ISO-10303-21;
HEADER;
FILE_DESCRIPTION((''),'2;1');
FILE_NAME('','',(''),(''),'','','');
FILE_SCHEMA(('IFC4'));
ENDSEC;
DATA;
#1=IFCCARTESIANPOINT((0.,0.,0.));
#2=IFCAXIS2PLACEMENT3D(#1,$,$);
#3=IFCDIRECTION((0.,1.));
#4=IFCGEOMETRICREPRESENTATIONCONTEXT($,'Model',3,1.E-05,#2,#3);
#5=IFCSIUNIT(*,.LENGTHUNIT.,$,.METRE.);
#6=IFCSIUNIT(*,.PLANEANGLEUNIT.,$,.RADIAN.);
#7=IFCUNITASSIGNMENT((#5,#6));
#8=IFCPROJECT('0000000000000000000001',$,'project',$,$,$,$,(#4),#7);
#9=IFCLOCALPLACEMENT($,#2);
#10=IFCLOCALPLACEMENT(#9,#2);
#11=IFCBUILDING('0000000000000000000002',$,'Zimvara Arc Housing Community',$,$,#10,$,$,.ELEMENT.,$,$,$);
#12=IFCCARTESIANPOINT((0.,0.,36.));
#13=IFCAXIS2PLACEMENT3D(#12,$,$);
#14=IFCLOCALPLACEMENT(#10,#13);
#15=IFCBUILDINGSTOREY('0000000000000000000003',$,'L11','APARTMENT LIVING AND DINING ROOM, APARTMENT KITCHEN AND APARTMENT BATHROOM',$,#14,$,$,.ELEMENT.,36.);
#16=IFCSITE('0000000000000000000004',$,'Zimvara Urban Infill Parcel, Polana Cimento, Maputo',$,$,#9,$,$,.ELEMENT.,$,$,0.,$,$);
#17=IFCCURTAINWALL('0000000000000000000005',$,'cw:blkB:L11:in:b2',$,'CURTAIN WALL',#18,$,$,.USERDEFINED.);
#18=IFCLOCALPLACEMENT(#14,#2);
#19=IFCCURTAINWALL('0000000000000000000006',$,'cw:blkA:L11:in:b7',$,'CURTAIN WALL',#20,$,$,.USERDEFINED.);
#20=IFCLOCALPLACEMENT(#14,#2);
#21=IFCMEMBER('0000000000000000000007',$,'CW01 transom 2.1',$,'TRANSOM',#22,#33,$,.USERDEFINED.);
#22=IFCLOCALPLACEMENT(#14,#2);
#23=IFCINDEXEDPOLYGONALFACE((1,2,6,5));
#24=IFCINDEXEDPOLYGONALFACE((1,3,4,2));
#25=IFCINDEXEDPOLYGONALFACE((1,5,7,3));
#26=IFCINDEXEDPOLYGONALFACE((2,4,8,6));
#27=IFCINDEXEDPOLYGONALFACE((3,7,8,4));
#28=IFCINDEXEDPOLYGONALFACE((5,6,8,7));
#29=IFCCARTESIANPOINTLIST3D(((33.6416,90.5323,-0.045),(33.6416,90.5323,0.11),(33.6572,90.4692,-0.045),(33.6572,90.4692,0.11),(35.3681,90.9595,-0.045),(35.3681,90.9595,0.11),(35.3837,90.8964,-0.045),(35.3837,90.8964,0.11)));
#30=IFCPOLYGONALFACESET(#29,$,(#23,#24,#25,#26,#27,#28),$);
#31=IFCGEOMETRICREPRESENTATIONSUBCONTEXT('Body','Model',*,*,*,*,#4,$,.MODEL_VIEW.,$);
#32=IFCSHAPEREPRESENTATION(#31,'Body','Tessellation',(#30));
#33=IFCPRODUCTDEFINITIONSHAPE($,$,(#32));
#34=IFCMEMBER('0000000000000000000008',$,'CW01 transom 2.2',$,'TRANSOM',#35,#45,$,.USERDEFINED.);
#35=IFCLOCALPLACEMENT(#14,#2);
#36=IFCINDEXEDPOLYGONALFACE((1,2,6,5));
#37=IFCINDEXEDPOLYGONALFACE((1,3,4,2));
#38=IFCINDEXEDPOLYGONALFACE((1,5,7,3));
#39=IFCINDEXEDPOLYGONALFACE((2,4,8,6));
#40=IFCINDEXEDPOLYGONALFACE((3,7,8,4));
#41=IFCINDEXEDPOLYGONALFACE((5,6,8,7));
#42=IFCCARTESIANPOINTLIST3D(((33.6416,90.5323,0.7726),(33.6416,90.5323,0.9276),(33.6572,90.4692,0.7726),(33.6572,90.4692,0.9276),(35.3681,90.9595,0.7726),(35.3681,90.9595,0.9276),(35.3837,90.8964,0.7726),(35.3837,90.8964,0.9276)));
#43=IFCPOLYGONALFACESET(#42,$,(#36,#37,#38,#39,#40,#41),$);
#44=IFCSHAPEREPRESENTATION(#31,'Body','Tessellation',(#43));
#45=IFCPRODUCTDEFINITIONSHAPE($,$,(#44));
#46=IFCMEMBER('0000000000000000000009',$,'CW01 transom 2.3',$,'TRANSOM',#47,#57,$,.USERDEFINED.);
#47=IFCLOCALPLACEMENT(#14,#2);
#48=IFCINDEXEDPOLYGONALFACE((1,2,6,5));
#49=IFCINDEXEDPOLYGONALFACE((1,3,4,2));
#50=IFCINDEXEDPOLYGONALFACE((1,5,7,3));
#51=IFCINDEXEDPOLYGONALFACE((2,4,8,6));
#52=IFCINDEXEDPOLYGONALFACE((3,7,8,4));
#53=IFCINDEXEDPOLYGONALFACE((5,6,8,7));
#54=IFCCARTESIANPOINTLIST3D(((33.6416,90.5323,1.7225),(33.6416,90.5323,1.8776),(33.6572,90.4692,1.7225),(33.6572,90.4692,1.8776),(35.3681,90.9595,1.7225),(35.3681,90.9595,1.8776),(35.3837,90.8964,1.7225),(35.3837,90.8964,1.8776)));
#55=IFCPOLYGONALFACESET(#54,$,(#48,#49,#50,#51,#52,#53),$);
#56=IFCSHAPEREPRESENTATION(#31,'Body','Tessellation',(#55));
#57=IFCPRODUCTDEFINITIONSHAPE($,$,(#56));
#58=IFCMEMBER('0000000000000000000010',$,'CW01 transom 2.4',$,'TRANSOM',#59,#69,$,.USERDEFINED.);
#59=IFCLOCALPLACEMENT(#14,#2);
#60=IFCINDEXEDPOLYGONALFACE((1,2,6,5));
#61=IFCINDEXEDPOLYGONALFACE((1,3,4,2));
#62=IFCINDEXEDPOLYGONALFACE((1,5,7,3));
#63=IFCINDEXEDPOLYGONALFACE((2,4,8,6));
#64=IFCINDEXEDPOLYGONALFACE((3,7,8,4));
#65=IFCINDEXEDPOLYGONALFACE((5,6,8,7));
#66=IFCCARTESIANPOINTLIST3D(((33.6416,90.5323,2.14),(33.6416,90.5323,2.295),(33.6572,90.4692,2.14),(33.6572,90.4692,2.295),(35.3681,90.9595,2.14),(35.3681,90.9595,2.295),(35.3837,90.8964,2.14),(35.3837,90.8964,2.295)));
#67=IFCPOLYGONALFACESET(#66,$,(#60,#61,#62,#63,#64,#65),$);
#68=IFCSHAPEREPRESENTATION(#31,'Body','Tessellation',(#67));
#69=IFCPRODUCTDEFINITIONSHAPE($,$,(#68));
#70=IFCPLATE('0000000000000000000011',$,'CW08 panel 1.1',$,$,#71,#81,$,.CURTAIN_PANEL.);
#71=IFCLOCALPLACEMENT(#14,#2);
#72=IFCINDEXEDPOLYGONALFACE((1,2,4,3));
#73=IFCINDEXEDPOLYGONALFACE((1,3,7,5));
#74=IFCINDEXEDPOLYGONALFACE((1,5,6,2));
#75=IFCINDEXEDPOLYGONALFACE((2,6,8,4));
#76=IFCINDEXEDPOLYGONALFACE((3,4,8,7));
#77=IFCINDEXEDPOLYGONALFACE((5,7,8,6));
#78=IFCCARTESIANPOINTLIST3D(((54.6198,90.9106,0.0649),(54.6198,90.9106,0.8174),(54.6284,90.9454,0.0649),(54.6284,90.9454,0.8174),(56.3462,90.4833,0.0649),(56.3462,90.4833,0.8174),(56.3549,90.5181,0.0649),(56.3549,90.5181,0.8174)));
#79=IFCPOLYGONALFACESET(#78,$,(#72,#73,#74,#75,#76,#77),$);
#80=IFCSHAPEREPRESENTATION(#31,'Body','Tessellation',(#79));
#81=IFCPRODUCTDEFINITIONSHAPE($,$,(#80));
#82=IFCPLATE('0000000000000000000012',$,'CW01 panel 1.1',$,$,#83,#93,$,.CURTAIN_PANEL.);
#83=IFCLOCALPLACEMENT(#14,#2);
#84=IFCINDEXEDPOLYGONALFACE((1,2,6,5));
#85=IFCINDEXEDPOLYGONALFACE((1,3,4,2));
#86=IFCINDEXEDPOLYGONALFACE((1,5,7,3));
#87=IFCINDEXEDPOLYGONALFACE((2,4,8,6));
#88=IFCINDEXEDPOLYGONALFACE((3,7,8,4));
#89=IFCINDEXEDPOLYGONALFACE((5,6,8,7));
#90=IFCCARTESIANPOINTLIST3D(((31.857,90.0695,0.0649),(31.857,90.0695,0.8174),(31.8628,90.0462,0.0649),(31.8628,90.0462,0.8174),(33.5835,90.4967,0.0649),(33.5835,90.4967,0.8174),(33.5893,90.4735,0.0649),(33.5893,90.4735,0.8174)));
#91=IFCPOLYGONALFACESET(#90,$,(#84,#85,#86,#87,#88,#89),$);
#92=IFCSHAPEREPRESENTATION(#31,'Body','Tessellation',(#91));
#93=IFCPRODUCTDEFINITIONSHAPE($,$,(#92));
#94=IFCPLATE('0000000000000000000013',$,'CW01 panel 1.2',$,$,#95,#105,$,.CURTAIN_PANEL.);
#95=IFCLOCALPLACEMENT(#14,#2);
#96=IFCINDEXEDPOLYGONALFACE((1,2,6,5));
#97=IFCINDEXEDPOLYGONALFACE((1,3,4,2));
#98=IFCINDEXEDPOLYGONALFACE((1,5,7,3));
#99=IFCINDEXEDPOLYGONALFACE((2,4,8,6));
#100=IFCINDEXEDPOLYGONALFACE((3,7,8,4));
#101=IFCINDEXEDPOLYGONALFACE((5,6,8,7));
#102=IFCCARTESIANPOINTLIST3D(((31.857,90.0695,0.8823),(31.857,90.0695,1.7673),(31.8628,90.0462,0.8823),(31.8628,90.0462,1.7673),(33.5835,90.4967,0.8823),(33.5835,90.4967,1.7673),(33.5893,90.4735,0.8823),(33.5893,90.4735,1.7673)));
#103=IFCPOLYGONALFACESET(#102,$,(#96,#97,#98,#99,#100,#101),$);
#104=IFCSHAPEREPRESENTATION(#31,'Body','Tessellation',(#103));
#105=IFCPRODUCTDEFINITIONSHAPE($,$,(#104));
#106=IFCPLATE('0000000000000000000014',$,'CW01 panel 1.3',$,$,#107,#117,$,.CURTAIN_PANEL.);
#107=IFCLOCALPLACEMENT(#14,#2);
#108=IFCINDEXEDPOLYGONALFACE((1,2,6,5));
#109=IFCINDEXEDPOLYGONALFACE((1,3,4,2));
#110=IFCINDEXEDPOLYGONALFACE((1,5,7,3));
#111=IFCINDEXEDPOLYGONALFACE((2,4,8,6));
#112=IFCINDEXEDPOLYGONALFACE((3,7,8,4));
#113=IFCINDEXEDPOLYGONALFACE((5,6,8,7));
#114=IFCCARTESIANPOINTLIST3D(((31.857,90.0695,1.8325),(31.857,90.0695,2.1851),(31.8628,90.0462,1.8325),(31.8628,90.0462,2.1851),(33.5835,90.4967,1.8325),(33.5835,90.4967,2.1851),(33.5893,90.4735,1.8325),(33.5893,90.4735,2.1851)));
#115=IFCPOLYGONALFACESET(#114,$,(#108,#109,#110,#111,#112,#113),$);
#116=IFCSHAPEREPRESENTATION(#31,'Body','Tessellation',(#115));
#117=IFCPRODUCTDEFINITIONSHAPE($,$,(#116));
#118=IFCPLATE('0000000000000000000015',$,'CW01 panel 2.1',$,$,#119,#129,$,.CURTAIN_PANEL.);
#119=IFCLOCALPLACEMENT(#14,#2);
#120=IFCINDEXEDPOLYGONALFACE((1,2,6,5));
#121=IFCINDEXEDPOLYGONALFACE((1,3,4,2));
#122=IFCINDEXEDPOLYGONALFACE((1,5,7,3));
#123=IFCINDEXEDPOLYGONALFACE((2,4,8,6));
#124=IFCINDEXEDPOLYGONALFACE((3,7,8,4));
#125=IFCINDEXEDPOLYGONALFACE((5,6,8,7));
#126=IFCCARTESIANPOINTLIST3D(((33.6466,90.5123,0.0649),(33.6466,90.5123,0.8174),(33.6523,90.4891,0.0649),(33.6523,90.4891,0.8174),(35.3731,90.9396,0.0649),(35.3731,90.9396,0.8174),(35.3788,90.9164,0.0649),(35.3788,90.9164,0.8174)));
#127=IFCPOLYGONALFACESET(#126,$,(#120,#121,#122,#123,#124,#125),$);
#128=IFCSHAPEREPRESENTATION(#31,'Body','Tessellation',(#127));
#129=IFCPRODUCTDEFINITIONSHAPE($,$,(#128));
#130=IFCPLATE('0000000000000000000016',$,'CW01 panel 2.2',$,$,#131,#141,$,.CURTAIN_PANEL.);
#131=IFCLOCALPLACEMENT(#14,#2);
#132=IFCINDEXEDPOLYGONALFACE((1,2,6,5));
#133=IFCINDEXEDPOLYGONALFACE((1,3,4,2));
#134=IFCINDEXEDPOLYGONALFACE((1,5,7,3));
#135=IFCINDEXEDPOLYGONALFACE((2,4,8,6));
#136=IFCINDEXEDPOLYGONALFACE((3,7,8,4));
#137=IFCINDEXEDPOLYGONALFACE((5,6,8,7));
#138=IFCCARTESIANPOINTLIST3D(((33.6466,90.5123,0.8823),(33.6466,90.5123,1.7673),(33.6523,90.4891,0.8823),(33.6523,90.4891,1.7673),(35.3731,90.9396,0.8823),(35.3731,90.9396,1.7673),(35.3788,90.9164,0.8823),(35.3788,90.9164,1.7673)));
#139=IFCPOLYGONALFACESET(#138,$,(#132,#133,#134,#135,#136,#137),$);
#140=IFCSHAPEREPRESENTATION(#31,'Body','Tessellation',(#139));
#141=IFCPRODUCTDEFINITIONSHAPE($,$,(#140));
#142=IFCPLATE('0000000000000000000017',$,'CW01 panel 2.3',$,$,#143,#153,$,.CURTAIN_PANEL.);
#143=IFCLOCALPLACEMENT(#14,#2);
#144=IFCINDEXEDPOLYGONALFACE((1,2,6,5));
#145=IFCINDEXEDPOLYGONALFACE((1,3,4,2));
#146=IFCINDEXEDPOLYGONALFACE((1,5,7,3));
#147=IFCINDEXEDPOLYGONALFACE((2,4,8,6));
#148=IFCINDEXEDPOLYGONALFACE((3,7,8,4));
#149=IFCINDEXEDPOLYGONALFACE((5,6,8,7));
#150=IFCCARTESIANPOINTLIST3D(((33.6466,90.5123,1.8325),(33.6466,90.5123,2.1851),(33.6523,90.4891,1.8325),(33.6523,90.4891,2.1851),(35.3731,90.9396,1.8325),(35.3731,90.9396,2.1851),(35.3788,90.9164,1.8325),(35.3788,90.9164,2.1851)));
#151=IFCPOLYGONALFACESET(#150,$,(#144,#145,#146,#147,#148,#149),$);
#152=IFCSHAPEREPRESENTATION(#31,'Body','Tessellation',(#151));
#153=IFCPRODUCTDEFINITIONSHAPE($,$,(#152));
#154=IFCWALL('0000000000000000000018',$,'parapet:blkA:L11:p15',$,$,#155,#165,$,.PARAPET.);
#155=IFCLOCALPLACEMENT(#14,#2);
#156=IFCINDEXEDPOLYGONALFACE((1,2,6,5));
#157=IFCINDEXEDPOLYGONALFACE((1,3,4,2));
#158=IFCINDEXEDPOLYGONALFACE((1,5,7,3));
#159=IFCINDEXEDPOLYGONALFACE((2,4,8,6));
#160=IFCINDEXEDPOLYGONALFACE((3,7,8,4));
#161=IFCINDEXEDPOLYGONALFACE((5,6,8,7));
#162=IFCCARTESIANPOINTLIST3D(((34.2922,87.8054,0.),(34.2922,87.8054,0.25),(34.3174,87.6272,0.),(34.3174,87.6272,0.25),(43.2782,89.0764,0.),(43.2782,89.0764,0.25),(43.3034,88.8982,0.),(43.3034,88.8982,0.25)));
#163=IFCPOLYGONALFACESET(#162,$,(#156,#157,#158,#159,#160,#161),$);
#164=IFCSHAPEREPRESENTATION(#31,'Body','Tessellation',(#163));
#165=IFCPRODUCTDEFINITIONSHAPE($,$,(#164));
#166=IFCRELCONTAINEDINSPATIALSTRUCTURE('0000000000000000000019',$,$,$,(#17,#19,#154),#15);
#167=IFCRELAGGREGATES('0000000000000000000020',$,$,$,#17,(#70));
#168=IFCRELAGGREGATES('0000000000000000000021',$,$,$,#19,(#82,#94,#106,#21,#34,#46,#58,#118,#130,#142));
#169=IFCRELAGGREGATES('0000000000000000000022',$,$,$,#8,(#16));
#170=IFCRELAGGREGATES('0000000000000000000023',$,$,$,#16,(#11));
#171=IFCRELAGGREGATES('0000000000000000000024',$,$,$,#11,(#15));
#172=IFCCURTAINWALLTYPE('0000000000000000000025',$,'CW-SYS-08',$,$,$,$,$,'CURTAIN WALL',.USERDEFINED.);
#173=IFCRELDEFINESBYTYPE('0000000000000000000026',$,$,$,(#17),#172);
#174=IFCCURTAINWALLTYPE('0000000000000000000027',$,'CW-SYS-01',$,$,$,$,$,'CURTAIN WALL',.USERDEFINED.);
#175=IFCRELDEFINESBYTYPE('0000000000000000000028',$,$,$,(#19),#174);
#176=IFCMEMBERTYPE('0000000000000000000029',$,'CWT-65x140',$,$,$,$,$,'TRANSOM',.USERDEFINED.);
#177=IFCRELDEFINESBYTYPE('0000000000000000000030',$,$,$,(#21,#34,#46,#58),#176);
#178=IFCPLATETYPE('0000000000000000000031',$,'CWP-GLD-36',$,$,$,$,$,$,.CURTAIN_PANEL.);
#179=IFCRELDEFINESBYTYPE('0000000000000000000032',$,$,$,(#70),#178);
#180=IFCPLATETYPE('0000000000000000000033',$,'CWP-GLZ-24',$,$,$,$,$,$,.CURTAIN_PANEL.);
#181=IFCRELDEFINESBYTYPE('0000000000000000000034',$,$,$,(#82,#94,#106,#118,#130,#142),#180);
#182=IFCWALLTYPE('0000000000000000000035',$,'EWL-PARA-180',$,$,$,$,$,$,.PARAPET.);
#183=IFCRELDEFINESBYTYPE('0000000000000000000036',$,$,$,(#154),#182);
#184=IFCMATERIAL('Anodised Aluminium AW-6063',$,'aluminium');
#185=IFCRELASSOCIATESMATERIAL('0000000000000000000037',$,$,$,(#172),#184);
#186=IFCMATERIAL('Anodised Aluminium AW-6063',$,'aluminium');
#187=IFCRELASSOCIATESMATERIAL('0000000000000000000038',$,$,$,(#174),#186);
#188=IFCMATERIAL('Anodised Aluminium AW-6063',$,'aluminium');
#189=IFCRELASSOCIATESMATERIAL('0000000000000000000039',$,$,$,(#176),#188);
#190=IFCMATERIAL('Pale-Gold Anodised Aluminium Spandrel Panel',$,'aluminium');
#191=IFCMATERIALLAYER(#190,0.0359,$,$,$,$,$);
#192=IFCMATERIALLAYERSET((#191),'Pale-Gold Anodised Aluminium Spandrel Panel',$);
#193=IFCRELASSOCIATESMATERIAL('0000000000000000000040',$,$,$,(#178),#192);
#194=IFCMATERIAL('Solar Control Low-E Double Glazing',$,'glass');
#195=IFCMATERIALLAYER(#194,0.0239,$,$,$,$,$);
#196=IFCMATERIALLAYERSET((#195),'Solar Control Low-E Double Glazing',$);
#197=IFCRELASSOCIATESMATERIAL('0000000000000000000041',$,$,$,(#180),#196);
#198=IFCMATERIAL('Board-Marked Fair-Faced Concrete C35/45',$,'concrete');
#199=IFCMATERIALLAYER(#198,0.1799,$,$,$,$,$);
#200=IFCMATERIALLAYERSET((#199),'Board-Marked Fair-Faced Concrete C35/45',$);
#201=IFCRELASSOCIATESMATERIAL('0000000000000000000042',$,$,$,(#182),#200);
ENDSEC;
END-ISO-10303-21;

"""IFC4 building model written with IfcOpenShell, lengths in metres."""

from ifc_helpers import new_model, si_unit, direction, frame, frame_2d, origin, origin_2d, place, context, subcontext, project, spatial, rectangle, extrude, material, layer, layer_set, material_profile, profile_set, type_object, element, aggregate, save


model = new_model("IFC4")

# Units and contexts
model_context = context("Model", 3, precision=1e-05, world=origin(), true_north=direction((0.0, 1.0)))
body_context = subcontext(model_context, "Body", "Model", "MODEL_VIEW")
ifc_project = project(units=[si_unit("LENGTHUNIT", "METRE"), si_unit("PLANEANGLEUNIT", "RADIAN")], contexts=[model_context])

# Site, building, storey
site_placement = place(None, origin())
site = spatial("IfcSite", under=ifc_project, at=site_placement, Name="Zimvara Urban Infill Parcel, Polana Cimento, Maputo", CompositionType="ELEMENT", RefElevation=0.0)
building_placement = place(site_placement, origin())
building = spatial("IfcBuilding", under=site, at=building_placement, Name="Zimvara Arc Housing Community", CompositionType="ELEMENT")
storey_placement = place(building_placement, frame((0.0, 0.0, 36.0)))
storey = spatial("IfcBuildingStorey", under=building, at=storey_placement, Name="L11", Description="APARTMENT LIVING AND DINING ROOM, APARTMENT KITCHEN AND APARTMENT BATHROOM", CompositionType="ELEMENT", Elevation=36.0)

# Curtain wall
ifc_material_1 = material(Name="Anodised Aluminium AW-6063", Category="aluminium")
curtain_wall_type_1 = type_object("IfcCurtainWallType", Name="CW-SYS-08", ElementType="CURTAIN WALL", PredefinedType="USERDEFINED", material=ifc_material_1)
curtain_wall_1_placement = place(storey_placement, origin())
curtain_wall_1 = element("IfcCurtainWall", 1, at=curtain_wall_1_placement, inside=storey, type_object=curtain_wall_type_1, Name="cw:blkB:L11:in:b2", ObjectType="CURTAIN WALL", PredefinedType="USERDEFINED")

# Curtain wall
ifc_material_2 = material(Name="Anodised Aluminium AW-6063", Category="aluminium")
curtain_wall_type_2 = type_object("IfcCurtainWallType", Name="CW-SYS-01", ElementType="CURTAIN WALL", PredefinedType="USERDEFINED", material=ifc_material_2)
curtain_wall_2_placement = place(storey_placement, origin())
curtain_wall_2 = element("IfcCurtainWall", 2, at=curtain_wall_2_placement, inside=storey, type_object=curtain_wall_type_2, Name="cw:blkA:L11:in:b7", ObjectType="CURTAIN WALL", PredefinedType="USERDEFINED")

# Members
ifc_material_3 = material(Name="Anodised Aluminium AW-6063", Category="aluminium")
ifc_material_profile_1 = material_profile(ifc_material_3, rectangle(XDim=0.0649, YDim=0.155, at=origin_2d()), Name="ALU 65x155")
ifc_profile_set_1 = profile_set([ifc_material_profile_1], Name="Anodised Aluminium AW-6063")
member_type_1 = type_object("IfcMemberType", Name="CWT-65x140", ElementType="TRANSOM", PredefinedType="USERDEFINED", material=ifc_profile_set_1)
member_1_placement = place(storey_placement, frame((33.6494, 90.5007, 0.0325), z_axis=(0.970721, 0.24021, 0.0), x_axis=(-0.24021, 0.970721, 0.0)))
member_1 = element("IfcMember", 3, at=member_1_placement, type_object=member_type_1, Name="CW01 transom 2.1", ObjectType="TRANSOM", PredefinedType="USERDEFINED", context=body_context, shape_type="SweptSolid", body=[
    extrude(rectangle(XDim=0.0649, YDim=0.155, at=origin_2d()), origin(), (0.0, 0.0, 1.0), 1.7786),
])
member_2_placement = place(storey_placement, frame((33.6494, 90.5007, 0.8501), z_axis=(0.970721, 0.24021, 0.0), x_axis=(-0.24021, 0.970721, 0.0)))
member_2 = element("IfcMember", 4, at=member_2_placement, type_object=member_type_1, Name="CW01 transom 2.2", ObjectType="TRANSOM", PredefinedType="USERDEFINED", context=body_context, shape_type="SweptSolid", body=[
    extrude(rectangle(XDim=0.0649, YDim=0.155, at=origin_2d()), origin(), (0.0, 0.0, 1.0), 1.7786),
])
member_3_placement = place(storey_placement, frame((33.6494, 90.5007, 1.8), z_axis=(0.970721, 0.24021, 0.0), x_axis=(-0.24021, 0.970721, 0.0)))
member_3 = element("IfcMember", 5, at=member_3_placement, type_object=member_type_1, Name="CW01 transom 2.3", ObjectType="TRANSOM", PredefinedType="USERDEFINED", context=body_context, shape_type="SweptSolid", body=[
    extrude(rectangle(XDim=0.0649, YDim=0.155, at=origin_2d()), origin(), (0.0, 0.0, 1.0), 1.7786),
])
member_4_placement = place(storey_placement, frame((33.6494, 90.5007, 2.2175), z_axis=(0.970721, 0.24021, 0.0), x_axis=(-0.24021, 0.970721, 0.0)))
member_4 = element("IfcMember", 6, at=member_4_placement, type_object=member_type_1, Name="CW01 transom 2.4", ObjectType="TRANSOM", PredefinedType="USERDEFINED", context=body_context, shape_type="SweptSolid", body=[
    extrude(rectangle(XDim=0.0649, YDim=0.155, at=origin_2d()), origin(), (0.0, 0.0, 1.0), 1.7786),
])

# Plates
ifc_material_4 = material(Name="Pale-Gold Anodised Aluminium Spandrel Panel", Category="aluminium")
ifc_layer_1 = layer(ifc_material_4, 0.0359)
ifc_layer_set_1 = layer_set([ifc_layer_1], Name="Pale-Gold Anodised Aluminium Spandrel Panel")
plate_type_1 = type_object("IfcPlateType", Name="CWP-GLD-36", PredefinedType="CURTAIN_PANEL", material=ifc_layer_set_1)
plate_1_placement = place(storey_placement, frame((55.4873, 90.7144, 0.0649), z_axis=(0.0, 0.0, 1.0), x_axis=(0.970716, -0.240229, 0.0)))
plate_1 = element("IfcPlate", 7, at=plate_1_placement, type_object=plate_type_1, Name="CW08 panel 1.1", PredefinedType="CURTAIN_PANEL", context=body_context, shape_type="SweptSolid", body=[
    extrude(rectangle(XDim=1.7786, YDim=0.0359, at=origin_2d()), origin(), (0.0, 0.0, 1.0), 0.7524),
])
aggregate(curtain_wall_1, [plate_1])
ifc_material_5 = material(Name="Solar Control Low-E Double Glazing", Category="glass")
ifc_layer_2 = layer(ifc_material_5, 0.0239)
ifc_layer_set_2 = layer_set([ifc_layer_2], Name="Solar Control Low-E Double Glazing")
plate_type_2 = type_object("IfcPlateType", Name="CWP-GLZ-24", PredefinedType="CURTAIN_PANEL", material=ifc_layer_set_2)
plate_2_placement = place(storey_placement, frame((32.7231, 90.2715, 0.0649), z_axis=(0.0, 0.0, 1.0), x_axis=(0.970716, 0.240229, 0.0)))
plate_2 = element("IfcPlate", 8, at=plate_2_placement, type_object=plate_type_2, Name="CW01 panel 1.1", PredefinedType="CURTAIN_PANEL", context=body_context, shape_type="SweptSolid", body=[
    extrude(rectangle(XDim=1.7786, YDim=0.0239, at=origin_2d()), origin(), (0.0, 0.0, 1.0), 0.7524),
])
plate_3_placement = place(storey_placement, frame((32.7231, 90.2715, 0.8823), z_axis=(0.0, 0.0, 1.0), x_axis=(0.970716, 0.240229, 0.0)))
plate_3 = element("IfcPlate", 9, at=plate_3_placement, type_object=plate_type_2, Name="CW01 panel 1.2", PredefinedType="CURTAIN_PANEL", context=body_context, shape_type="SweptSolid", body=[
    extrude(rectangle(XDim=1.7786, YDim=0.0239, at=origin_2d()), origin(), (0.0, 0.0, 1.0), 0.885),
])
plate_4_placement = place(storey_placement, frame((32.7231, 90.2715, 1.8325), z_axis=(0.0, 0.0, 1.0), x_axis=(0.970716, 0.240229, 0.0)))
plate_4 = element("IfcPlate", 10, at=plate_4_placement, type_object=plate_type_2, Name="CW01 panel 1.3", PredefinedType="CURTAIN_PANEL", context=body_context, shape_type="SweptSolid", body=[
    extrude(rectangle(XDim=1.7786, YDim=0.0239, at=origin_2d()), origin(), (0.0, 0.0, 1.0), 0.3525),
])
plate_5_placement = place(storey_placement, frame((34.5127, 90.7144, 0.0649), z_axis=(0.0, 0.0, 1.0), x_axis=(0.970716, 0.240229, 0.0)))
plate_5 = element("IfcPlate", 11, at=plate_5_placement, type_object=plate_type_2, Name="CW01 panel 2.1", PredefinedType="CURTAIN_PANEL", context=body_context, shape_type="SweptSolid", body=[
    extrude(rectangle(XDim=1.7786, YDim=0.0239, at=origin_2d()), origin(), (0.0, 0.0, 1.0), 0.7524),
])
plate_6_placement = place(storey_placement, frame((34.5127, 90.7144, 0.8823), z_axis=(0.0, 0.0, 1.0), x_axis=(0.970716, 0.240229, 0.0)))
plate_6 = element("IfcPlate", 12, at=plate_6_placement, type_object=plate_type_2, Name="CW01 panel 2.2", PredefinedType="CURTAIN_PANEL", context=body_context, shape_type="SweptSolid", body=[
    extrude(rectangle(XDim=1.7786, YDim=0.0239, at=origin_2d()), origin(), (0.0, 0.0, 1.0), 0.885),
])
plate_7_placement = place(storey_placement, frame((34.5127, 90.7144, 1.8325), z_axis=(0.0, 0.0, 1.0), x_axis=(0.970716, 0.240229, 0.0)))
plate_7 = element("IfcPlate", 13, at=plate_7_placement, type_object=plate_type_2, Name="CW01 panel 2.3", PredefinedType="CURTAIN_PANEL", context=body_context, shape_type="SweptSolid", body=[
    extrude(rectangle(XDim=1.7786, YDim=0.0239, at=origin_2d()), origin(), (0.0, 0.0, 1.0), 0.3525),
])
aggregate(curtain_wall_2, [plate_2, plate_3, plate_4, member_1, member_2, member_3, member_4, plate_5, plate_6, plate_7])

# Wall
ifc_material_6 = material(Name="Board-Marked Fair-Faced Concrete C35/45", Category="concrete")
ifc_layer_3 = layer(ifc_material_6, 0.1799)
ifc_layer_set_3 = layer_set([ifc_layer_3], Name="Board-Marked Fair-Faced Concrete C35/45")
wall_type_1 = type_object("IfcWallType", Name="EWL-PARA-180", PredefinedType="PARAPET", material=ifc_layer_set_3)
wall_1_placement = place(storey_placement, frame((34.3049, 87.7163, 0.0), z_axis=(0.0, 0.0, 1.0), x_axis=(0.990145, 0.140047, 0.0)))
element("IfcWall", 14, at=wall_1_placement, inside=storey, type_object=wall_type_1, Name="parapet:blkA:L11:p15", PredefinedType="PARAPET", context=body_context, shape_type="SweptSolid", body=[
    extrude(rectangle(XDim=9.0754, YDim=0.1799, at=frame_2d((4.5376, 0.0))), origin(), (0.0, 0.0, 1.0), 0.25),
])

save(model, "model.ifc")
